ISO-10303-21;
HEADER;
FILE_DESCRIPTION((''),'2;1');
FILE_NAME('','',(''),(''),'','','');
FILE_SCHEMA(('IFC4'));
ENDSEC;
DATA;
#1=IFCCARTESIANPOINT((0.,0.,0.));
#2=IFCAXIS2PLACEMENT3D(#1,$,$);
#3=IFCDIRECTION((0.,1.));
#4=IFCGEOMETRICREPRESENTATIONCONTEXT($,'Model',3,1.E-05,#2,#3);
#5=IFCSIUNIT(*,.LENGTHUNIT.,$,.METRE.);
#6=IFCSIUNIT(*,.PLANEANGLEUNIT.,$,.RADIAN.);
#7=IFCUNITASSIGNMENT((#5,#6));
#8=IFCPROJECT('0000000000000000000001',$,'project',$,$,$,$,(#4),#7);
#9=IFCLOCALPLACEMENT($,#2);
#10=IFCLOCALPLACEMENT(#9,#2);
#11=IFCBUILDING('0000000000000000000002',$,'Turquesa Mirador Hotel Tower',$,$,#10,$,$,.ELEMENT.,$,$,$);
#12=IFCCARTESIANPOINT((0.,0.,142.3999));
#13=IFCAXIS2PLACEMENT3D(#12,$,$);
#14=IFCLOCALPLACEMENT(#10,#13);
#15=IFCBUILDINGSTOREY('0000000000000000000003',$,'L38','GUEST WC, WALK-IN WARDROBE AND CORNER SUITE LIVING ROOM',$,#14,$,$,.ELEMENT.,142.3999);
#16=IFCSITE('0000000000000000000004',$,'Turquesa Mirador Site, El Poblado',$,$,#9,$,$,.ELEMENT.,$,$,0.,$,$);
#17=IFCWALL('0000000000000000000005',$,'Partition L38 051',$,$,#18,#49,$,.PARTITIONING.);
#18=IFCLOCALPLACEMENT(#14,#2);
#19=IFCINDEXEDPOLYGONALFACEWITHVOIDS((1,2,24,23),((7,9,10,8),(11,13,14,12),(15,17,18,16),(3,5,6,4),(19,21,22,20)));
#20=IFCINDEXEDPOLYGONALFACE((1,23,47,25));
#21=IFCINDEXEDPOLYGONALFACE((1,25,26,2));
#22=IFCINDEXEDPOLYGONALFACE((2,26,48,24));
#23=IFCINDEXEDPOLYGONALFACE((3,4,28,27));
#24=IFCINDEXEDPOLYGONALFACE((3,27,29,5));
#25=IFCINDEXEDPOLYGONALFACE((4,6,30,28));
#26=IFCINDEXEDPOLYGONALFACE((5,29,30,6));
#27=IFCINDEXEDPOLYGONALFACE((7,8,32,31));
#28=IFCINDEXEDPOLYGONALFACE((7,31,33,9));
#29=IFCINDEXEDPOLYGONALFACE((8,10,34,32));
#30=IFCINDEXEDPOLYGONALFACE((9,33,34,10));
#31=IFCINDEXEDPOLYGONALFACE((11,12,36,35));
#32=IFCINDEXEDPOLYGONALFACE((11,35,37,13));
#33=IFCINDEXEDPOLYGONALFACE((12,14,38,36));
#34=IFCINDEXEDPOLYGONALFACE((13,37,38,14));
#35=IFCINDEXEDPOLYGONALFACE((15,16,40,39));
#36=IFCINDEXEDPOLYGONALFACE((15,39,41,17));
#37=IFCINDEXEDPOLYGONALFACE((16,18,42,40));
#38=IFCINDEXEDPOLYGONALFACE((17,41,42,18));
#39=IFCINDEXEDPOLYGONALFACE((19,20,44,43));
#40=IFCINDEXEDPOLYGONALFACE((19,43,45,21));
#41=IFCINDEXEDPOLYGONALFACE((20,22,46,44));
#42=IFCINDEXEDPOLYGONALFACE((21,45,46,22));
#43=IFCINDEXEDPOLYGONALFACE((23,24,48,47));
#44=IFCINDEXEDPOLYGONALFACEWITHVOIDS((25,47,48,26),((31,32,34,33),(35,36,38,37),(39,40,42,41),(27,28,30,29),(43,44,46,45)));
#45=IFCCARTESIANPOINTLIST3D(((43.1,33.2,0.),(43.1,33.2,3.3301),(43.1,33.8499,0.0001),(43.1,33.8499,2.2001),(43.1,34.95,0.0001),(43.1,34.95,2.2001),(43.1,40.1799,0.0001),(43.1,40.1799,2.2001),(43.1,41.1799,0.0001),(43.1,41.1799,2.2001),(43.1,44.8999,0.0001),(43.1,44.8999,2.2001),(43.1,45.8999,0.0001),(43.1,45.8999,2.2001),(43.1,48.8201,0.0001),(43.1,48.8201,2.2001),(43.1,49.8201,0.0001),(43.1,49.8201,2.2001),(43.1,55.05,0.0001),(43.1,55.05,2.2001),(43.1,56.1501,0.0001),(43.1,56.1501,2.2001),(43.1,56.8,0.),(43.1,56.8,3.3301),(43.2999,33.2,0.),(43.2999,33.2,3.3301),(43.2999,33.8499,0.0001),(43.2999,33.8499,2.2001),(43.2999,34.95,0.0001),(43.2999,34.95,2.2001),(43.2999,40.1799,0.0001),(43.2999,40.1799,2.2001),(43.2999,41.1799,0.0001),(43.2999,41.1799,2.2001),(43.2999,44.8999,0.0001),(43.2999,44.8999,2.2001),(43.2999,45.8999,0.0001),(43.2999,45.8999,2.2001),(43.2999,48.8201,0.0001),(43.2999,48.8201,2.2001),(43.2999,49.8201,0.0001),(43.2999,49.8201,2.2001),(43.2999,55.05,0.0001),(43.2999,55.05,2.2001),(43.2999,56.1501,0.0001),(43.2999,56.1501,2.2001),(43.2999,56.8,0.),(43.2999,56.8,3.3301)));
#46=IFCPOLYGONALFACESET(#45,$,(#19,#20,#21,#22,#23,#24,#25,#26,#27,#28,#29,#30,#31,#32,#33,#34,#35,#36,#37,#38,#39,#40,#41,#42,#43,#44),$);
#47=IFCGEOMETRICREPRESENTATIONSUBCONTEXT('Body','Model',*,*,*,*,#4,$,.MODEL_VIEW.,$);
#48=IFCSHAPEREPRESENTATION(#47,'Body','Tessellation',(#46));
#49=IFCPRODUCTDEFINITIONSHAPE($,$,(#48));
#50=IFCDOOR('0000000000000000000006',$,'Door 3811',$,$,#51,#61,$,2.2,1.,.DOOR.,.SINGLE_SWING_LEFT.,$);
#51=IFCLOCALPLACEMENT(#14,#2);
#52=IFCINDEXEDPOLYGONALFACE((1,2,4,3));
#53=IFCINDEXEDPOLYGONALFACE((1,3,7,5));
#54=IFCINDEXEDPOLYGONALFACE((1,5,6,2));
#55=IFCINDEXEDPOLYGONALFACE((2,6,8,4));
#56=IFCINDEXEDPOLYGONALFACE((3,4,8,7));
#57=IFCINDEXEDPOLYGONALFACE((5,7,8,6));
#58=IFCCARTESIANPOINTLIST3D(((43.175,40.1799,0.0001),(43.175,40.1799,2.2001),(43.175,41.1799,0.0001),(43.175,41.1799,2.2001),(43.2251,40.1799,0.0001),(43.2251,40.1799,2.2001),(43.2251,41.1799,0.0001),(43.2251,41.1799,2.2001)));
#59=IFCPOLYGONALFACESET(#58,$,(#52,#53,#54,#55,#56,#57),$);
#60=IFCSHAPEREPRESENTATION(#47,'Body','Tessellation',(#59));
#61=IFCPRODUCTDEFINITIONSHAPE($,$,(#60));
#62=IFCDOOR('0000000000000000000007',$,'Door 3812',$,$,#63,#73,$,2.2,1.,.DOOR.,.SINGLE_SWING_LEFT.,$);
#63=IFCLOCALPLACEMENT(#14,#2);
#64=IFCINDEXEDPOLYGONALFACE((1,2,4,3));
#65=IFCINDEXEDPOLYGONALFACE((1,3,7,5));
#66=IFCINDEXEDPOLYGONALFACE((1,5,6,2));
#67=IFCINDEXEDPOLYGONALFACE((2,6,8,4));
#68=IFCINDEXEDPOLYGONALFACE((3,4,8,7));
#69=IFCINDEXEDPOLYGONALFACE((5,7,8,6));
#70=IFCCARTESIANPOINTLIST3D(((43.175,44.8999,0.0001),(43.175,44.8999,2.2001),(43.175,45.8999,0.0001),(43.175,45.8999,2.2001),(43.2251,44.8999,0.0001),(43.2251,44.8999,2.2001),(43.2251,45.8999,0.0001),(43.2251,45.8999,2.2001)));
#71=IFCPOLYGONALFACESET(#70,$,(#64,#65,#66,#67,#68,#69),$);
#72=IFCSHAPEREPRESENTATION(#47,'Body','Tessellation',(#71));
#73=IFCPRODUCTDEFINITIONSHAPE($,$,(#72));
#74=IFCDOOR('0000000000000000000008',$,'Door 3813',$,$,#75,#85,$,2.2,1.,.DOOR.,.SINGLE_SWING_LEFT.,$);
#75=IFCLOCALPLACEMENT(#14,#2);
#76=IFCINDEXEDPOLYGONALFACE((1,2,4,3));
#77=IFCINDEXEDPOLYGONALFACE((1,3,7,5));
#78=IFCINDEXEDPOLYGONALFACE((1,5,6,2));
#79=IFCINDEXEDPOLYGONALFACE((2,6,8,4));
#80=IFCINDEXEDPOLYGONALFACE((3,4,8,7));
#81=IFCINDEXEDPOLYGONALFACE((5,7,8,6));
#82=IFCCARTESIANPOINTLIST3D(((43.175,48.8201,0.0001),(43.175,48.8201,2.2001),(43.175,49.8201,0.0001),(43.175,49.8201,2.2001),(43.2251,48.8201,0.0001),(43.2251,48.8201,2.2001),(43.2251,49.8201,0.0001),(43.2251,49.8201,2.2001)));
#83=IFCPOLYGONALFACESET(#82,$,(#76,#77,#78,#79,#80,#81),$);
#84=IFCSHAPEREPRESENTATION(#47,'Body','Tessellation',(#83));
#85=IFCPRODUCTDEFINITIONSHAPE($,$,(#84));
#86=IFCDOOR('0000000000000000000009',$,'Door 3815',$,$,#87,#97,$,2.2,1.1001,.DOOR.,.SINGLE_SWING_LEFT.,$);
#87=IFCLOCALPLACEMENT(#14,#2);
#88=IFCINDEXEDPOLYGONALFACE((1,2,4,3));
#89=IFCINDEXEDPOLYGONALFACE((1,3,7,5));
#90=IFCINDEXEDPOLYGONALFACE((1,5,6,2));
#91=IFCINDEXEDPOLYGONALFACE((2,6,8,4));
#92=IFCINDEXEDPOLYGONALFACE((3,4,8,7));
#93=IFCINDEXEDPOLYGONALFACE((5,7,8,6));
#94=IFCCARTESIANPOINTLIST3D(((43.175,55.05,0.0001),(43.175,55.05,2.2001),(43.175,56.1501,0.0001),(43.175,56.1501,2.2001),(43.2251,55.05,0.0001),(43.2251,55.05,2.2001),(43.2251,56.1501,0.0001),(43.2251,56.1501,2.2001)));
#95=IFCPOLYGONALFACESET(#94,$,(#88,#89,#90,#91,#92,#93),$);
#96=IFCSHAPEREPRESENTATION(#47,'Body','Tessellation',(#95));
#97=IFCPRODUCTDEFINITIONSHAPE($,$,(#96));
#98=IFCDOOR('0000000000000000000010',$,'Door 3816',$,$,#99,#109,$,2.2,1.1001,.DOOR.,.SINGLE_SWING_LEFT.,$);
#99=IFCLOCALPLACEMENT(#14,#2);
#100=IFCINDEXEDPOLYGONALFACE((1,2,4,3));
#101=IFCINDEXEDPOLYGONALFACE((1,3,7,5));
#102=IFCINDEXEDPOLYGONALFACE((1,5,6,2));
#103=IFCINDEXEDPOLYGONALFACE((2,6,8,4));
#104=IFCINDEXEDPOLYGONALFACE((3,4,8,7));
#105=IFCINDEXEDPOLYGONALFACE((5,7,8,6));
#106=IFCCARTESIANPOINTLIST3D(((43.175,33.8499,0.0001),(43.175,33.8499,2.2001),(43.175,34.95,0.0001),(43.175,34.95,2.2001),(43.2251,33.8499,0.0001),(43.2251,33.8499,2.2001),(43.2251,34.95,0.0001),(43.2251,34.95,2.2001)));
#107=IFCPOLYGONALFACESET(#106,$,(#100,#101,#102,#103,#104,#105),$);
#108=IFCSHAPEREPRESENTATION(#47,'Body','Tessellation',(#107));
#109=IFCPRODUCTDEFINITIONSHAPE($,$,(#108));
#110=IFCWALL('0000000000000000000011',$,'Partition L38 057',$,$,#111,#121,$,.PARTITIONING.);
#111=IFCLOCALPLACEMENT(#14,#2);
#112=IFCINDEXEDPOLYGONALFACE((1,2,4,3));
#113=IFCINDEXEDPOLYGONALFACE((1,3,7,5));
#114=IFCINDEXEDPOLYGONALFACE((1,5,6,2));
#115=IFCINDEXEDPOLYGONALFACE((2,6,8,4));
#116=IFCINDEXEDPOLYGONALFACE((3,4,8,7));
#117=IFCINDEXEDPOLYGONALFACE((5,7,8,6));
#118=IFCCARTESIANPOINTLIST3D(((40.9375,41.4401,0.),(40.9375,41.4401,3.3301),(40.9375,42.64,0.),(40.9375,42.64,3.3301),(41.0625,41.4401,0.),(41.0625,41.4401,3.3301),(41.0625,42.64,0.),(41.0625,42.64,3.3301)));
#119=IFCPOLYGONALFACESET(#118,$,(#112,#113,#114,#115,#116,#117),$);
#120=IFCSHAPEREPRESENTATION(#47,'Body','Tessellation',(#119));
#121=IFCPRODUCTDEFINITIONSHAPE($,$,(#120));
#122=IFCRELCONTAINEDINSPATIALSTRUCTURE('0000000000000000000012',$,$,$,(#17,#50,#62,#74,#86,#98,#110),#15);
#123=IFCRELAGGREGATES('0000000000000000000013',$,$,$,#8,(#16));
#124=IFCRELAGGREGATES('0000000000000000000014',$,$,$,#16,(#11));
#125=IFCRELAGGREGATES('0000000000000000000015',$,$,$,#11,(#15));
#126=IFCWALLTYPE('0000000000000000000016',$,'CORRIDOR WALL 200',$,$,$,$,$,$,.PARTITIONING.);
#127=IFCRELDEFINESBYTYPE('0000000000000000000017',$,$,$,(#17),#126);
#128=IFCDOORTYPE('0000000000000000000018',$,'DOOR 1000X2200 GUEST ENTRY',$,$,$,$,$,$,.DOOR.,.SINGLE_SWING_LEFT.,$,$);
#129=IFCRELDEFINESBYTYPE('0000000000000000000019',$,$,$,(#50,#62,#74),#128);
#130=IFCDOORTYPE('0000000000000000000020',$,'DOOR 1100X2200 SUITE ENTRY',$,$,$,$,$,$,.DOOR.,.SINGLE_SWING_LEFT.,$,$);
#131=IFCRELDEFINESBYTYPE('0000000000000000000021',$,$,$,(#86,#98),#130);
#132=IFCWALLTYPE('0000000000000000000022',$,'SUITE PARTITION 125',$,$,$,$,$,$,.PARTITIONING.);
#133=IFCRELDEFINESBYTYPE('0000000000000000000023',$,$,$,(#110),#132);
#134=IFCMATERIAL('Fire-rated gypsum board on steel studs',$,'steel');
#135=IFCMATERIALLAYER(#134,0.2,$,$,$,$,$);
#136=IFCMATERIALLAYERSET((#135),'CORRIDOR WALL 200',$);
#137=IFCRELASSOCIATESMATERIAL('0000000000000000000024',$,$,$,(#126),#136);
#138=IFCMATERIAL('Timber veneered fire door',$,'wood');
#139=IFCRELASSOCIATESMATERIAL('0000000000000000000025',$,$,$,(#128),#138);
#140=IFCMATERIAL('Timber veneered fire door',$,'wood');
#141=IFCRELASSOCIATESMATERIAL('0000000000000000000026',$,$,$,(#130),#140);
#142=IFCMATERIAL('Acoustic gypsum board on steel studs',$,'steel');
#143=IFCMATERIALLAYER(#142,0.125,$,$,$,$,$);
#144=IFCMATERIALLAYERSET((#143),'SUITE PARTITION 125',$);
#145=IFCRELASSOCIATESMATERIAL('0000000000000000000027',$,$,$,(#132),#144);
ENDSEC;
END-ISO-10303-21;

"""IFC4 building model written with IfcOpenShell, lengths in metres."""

from ifc_helpers import new_model, si_unit, direction, frame, frame_2d, origin, place, context, subcontext, project, spatial, rectangle, extrude, material, layer, layer_set, type_object, element, fill, save


model = new_model("IFC4")

# Units and contexts
model_context = context("Model", 3, precision=1e-05, world=origin(), true_north=direction((0.0, 1.0)))
body_context = subcontext(model_context, "Body", "Model", "MODEL_VIEW")
ifc_project = project(units=[si_unit("LENGTHUNIT", "METRE"), si_unit("PLANEANGLEUNIT", "RADIAN")], contexts=[model_context])

# Site, building, storey
site_placement = place(None, origin())
site = spatial("IfcSite", under=ifc_project, at=site_placement, Name="Turquesa Mirador Site, El Poblado", CompositionType="ELEMENT", RefElevation=0.0)
building_placement = place(site_placement, origin())
building = spatial("IfcBuilding", under=site, at=building_placement, Name="Turquesa Mirador Hotel Tower", CompositionType="ELEMENT")
storey_placement = place(building_placement, frame((0.0, 0.0, 142.3999)))
storey = spatial("IfcBuildingStorey", under=building, at=storey_placement, Name="L38", Description="GUEST WC, WALK-IN WARDROBE AND CORNER SUITE LIVING ROOM", CompositionType="ELEMENT", Elevation=142.3999)

# Wall, openings, doors
ifc_material_1 = material(Name="Fire-rated gypsum board on steel studs", Category="steel")
ifc_layer_1 = layer(ifc_material_1, 0.2)
ifc_layer_set_1 = layer_set([ifc_layer_1], Name="CORRIDOR WALL 200")
wall_type_1 = type_object("IfcWallType", Name="CORRIDOR WALL 200", PredefinedType="PARTITIONING", material=ifc_layer_set_1)
ifc_material_2 = material(Name="Timber veneered fire door", Category="wood")
door_type_1 = type_object("IfcDoorType", Name="DOOR 1000X2200 GUEST ENTRY", OperationType="SINGLE_SWING_LEFT", PredefinedType="DOOR", material=ifc_material_2)
wall_1_placement = place(storey_placement, frame((43.2, 33.2, 0.0), z_axis=(0.0, 0.0, 1.0), x_axis=(0.0, 1.0, 0.0)))
wall_1 = element("IfcWall", 1, at=wall_1_placement, inside=storey, type_object=wall_type_1, Name="Partition L38 051", PredefinedType="PARTITIONING", context=body_context, shape_type="SweptSolid", body=[
    extrude(rectangle(XDim=23.6001, YDim=0.2, at=frame_2d((11.8, 0.0))), origin(), (0.0, 0.0, 1.0), 3.3301),
])
opening_1_placement = place(wall_1_placement, frame((6.98, 0.0, 0.0)))
opening_1 = element("IfcOpeningElement", 2, at=opening_1_placement, cuts=wall_1, PredefinedType="OPENING", context=body_context, shape_type="SweptSolid", body=[
    extrude(rectangle(XDim=1.0, YDim=2.2, at=frame_2d((0.5, 1.1001))), frame((0.0, 0.1099, 0.0), z_axis=(0.0, -1.0, 0.0), x_axis=(1.0, 0.0, 0.0)), (0.0, 0.0, 1.0), 0.22),
])
opening_2_placement = place(wall_1_placement, frame((11.7, 0.0, 0.0)))
opening_2 = element("IfcOpeningElement", 3, at=opening_2_placement, cuts=wall_1, PredefinedType="OPENING", context=body_context, shape_type="SweptSolid", body=[
    extrude(rectangle(XDim=1.0, YDim=2.2, at=frame_2d((0.5, 1.1001))), frame((0.0, 0.1099, 0.0), z_axis=(0.0, -1.0, 0.0), x_axis=(1.0, 0.0, 0.0)), (0.0, 0.0, 1.0), 0.22),
])
opening_3_placement = place(wall_1_placement, frame((15.6201, 0.0, 0.0)))
opening_3 = element("IfcOpeningElement", 4, at=opening_3_placement, cuts=wall_1, PredefinedType="OPENING", context=body_context, shape_type="SweptSolid", body=[
    extrude(rectangle(XDim=1.0, YDim=2.2, at=frame_2d((0.5, 1.1001))), frame((0.0, 0.1099, 0.0), z_axis=(0.0, -1.0, 0.0), x_axis=(1.0, 0.0, 0.0)), (0.0, 0.0, 1.0), 0.22),
])
opening_4_placement = place(wall_1_placement, frame((21.8501, 0.0, 0.0)))
opening_4 = element("IfcOpeningElement", 5, at=opening_4_placement, cuts=wall_1, PredefinedType="OPENING", context=body_context, shape_type="SweptSolid", body=[
    extrude(rectangle(XDim=1.1001, YDim=2.2, at=frame_2d((0.55, 1.1001))), frame((0.0, 0.1099, 0.0), z_axis=(0.0, -1.0, 0.0), x_axis=(1.0, 0.0, 0.0)), (0.0, 0.0, 1.0), 0.22),
])
opening_5_placement = place(wall_1_placement, frame((0.6499, 0.0, 0.0)))
opening_5 = element("IfcOpeningElement", 6, at=opening_5_placement, cuts=wall_1, PredefinedType="OPENING", context=body_context, shape_type="SweptSolid", body=[
    extrude(rectangle(XDim=1.1001, YDim=2.2, at=frame_2d((0.55, 1.1001))), frame((0.0, 0.1099, 0.0), z_axis=(0.0, -1.0, 0.0), x_axis=(1.0, 0.0, 0.0)), (0.0, 0.0, 1.0), 0.22),
])
door_1_placement = place(opening_1_placement, origin())
door_1 = element("IfcDoor", 7, at=door_1_placement, inside=storey, type_object=door_type_1, Name="Door 3811", OperationType="SINGLE_SWING_LEFT", OverallHeight=2.2, OverallWidth=1.0, PredefinedType="DOOR", context=body_context, shape_type="SweptSolid", body=[
    extrude(rectangle(XDim=1.0, YDim=2.2, at=frame_2d((0.5, 1.1001))), frame((0.0, 0.0249, 0.0), z_axis=(0.0, -1.0, 0.0), x_axis=(1.0, 0.0, 0.0)), (0.0, 0.0, 1.0), 0.05),
])
fill(opening_1, door_1)
door_2_placement = place(opening_2_placement, origin())
door_2 = element("IfcDoor", 8, at=door_2_placement, inside=storey, type_object=door_type_1, Name="Door 3812", OperationType="SINGLE_SWING_LEFT", OverallHeight=2.2, OverallWidth=1.0, PredefinedType="DOOR", context=body_context, shape_type="SweptSolid", body=[
    extrude(rectangle(XDim=1.0, YDim=2.2, at=frame_2d((0.5, 1.1001))), frame((0.0, 0.0249, 0.0), z_axis=(0.0, -1.0, 0.0), x_axis=(1.0, 0.0, 0.0)), (0.0, 0.0, 1.0), 0.05),
])
fill(opening_2, door_2)
door_3_placement = place(opening_3_placement, origin())
door_3 = element("IfcDoor", 9, at=door_3_placement, inside=storey, type_object=door_type_1, Name="Door 3813", OperationType="SINGLE_SWING_LEFT", OverallHeight=2.2, OverallWidth=1.0, PredefinedType="DOOR", context=body_context, shape_type="SweptSolid", body=[
    extrude(rectangle(XDim=1.0, YDim=2.2, at=frame_2d((0.5, 1.1001))), frame((0.0, 0.0249, 0.0), z_axis=(0.0, -1.0, 0.0), x_axis=(1.0, 0.0, 0.0)), (0.0, 0.0, 1.0), 0.05),
])
fill(opening_3, door_3)
ifc_material_3 = material(Name="Timber veneered fire door", Category="wood")
door_type_2 = type_object("IfcDoorType", Name="DOOR 1100X2200 SUITE ENTRY", OperationType="SINGLE_SWING_LEFT", PredefinedType="DOOR", material=ifc_material_3)
door_4_placement = place(opening_4_placement, origin())
door_4 = element("IfcDoor", 10, at=door_4_placement, inside=storey, type_object=door_type_2, Name="Door 3815", OperationType="SINGLE_SWING_LEFT", OverallHeight=2.2, OverallWidth=1.1001, PredefinedType="DOOR", context=body_context, shape_type="SweptSolid", body=[
    extrude(rectangle(XDim=1.1001, YDim=2.2, at=frame_2d((0.55, 1.1001))), frame((0.0, 0.0249, 0.0), z_axis=(0.0, -1.0, 0.0), x_axis=(1.0, 0.0, 0.0)), (0.0, 0.0, 1.0), 0.05),
])
fill(opening_4, door_4)
door_5_placement = place(opening_5_placement, origin())
door_5 = element("IfcDoor", 11, at=door_5_placement, inside=storey, type_object=door_type_2, Name="Door 3816", OperationType="SINGLE_SWING_LEFT", OverallHeight=2.2, OverallWidth=1.1001, PredefinedType="DOOR", context=body_context, shape_type="SweptSolid", body=[
    extrude(rectangle(XDim=1.1001, YDim=2.2, at=frame_2d((0.55, 1.1001))), frame((0.0, 0.0249, 0.0), z_axis=(0.0, -1.0, 0.0), x_axis=(1.0, 0.0, 0.0)), (0.0, 0.0, 1.0), 0.05),
])
fill(opening_5, door_5)

# Wall
ifc_material_4 = material(Name="Acoustic gypsum board on steel studs", Category="steel")
ifc_layer_2 = layer(ifc_material_4, 0.125)
ifc_layer_set_2 = layer_set([ifc_layer_2], Name="SUITE PARTITION 125")
wall_type_2 = type_object("IfcWallType", Name="SUITE PARTITION 125", PredefinedType="PARTITIONING", material=ifc_layer_set_2)
wall_2_placement = place(storey_placement, frame((41.0, 41.4399, 0.0), z_axis=(0.0, 0.0, 1.0), x_axis=(0.0, 1.0, 0.0)))
element("IfcWall", 12, at=wall_2_placement, inside=storey, type_object=wall_type_2, Name="Partition L38 057", PredefinedType="PARTITIONING", context=body_context, shape_type="SweptSolid", body=[
    extrude(rectangle(XDim=1.2, YDim=0.125, at=frame_2d((0.6001, 0.0))), origin(), (0.0, 0.0, 1.0), 3.3301),
])

save(model, "model.ifc")
